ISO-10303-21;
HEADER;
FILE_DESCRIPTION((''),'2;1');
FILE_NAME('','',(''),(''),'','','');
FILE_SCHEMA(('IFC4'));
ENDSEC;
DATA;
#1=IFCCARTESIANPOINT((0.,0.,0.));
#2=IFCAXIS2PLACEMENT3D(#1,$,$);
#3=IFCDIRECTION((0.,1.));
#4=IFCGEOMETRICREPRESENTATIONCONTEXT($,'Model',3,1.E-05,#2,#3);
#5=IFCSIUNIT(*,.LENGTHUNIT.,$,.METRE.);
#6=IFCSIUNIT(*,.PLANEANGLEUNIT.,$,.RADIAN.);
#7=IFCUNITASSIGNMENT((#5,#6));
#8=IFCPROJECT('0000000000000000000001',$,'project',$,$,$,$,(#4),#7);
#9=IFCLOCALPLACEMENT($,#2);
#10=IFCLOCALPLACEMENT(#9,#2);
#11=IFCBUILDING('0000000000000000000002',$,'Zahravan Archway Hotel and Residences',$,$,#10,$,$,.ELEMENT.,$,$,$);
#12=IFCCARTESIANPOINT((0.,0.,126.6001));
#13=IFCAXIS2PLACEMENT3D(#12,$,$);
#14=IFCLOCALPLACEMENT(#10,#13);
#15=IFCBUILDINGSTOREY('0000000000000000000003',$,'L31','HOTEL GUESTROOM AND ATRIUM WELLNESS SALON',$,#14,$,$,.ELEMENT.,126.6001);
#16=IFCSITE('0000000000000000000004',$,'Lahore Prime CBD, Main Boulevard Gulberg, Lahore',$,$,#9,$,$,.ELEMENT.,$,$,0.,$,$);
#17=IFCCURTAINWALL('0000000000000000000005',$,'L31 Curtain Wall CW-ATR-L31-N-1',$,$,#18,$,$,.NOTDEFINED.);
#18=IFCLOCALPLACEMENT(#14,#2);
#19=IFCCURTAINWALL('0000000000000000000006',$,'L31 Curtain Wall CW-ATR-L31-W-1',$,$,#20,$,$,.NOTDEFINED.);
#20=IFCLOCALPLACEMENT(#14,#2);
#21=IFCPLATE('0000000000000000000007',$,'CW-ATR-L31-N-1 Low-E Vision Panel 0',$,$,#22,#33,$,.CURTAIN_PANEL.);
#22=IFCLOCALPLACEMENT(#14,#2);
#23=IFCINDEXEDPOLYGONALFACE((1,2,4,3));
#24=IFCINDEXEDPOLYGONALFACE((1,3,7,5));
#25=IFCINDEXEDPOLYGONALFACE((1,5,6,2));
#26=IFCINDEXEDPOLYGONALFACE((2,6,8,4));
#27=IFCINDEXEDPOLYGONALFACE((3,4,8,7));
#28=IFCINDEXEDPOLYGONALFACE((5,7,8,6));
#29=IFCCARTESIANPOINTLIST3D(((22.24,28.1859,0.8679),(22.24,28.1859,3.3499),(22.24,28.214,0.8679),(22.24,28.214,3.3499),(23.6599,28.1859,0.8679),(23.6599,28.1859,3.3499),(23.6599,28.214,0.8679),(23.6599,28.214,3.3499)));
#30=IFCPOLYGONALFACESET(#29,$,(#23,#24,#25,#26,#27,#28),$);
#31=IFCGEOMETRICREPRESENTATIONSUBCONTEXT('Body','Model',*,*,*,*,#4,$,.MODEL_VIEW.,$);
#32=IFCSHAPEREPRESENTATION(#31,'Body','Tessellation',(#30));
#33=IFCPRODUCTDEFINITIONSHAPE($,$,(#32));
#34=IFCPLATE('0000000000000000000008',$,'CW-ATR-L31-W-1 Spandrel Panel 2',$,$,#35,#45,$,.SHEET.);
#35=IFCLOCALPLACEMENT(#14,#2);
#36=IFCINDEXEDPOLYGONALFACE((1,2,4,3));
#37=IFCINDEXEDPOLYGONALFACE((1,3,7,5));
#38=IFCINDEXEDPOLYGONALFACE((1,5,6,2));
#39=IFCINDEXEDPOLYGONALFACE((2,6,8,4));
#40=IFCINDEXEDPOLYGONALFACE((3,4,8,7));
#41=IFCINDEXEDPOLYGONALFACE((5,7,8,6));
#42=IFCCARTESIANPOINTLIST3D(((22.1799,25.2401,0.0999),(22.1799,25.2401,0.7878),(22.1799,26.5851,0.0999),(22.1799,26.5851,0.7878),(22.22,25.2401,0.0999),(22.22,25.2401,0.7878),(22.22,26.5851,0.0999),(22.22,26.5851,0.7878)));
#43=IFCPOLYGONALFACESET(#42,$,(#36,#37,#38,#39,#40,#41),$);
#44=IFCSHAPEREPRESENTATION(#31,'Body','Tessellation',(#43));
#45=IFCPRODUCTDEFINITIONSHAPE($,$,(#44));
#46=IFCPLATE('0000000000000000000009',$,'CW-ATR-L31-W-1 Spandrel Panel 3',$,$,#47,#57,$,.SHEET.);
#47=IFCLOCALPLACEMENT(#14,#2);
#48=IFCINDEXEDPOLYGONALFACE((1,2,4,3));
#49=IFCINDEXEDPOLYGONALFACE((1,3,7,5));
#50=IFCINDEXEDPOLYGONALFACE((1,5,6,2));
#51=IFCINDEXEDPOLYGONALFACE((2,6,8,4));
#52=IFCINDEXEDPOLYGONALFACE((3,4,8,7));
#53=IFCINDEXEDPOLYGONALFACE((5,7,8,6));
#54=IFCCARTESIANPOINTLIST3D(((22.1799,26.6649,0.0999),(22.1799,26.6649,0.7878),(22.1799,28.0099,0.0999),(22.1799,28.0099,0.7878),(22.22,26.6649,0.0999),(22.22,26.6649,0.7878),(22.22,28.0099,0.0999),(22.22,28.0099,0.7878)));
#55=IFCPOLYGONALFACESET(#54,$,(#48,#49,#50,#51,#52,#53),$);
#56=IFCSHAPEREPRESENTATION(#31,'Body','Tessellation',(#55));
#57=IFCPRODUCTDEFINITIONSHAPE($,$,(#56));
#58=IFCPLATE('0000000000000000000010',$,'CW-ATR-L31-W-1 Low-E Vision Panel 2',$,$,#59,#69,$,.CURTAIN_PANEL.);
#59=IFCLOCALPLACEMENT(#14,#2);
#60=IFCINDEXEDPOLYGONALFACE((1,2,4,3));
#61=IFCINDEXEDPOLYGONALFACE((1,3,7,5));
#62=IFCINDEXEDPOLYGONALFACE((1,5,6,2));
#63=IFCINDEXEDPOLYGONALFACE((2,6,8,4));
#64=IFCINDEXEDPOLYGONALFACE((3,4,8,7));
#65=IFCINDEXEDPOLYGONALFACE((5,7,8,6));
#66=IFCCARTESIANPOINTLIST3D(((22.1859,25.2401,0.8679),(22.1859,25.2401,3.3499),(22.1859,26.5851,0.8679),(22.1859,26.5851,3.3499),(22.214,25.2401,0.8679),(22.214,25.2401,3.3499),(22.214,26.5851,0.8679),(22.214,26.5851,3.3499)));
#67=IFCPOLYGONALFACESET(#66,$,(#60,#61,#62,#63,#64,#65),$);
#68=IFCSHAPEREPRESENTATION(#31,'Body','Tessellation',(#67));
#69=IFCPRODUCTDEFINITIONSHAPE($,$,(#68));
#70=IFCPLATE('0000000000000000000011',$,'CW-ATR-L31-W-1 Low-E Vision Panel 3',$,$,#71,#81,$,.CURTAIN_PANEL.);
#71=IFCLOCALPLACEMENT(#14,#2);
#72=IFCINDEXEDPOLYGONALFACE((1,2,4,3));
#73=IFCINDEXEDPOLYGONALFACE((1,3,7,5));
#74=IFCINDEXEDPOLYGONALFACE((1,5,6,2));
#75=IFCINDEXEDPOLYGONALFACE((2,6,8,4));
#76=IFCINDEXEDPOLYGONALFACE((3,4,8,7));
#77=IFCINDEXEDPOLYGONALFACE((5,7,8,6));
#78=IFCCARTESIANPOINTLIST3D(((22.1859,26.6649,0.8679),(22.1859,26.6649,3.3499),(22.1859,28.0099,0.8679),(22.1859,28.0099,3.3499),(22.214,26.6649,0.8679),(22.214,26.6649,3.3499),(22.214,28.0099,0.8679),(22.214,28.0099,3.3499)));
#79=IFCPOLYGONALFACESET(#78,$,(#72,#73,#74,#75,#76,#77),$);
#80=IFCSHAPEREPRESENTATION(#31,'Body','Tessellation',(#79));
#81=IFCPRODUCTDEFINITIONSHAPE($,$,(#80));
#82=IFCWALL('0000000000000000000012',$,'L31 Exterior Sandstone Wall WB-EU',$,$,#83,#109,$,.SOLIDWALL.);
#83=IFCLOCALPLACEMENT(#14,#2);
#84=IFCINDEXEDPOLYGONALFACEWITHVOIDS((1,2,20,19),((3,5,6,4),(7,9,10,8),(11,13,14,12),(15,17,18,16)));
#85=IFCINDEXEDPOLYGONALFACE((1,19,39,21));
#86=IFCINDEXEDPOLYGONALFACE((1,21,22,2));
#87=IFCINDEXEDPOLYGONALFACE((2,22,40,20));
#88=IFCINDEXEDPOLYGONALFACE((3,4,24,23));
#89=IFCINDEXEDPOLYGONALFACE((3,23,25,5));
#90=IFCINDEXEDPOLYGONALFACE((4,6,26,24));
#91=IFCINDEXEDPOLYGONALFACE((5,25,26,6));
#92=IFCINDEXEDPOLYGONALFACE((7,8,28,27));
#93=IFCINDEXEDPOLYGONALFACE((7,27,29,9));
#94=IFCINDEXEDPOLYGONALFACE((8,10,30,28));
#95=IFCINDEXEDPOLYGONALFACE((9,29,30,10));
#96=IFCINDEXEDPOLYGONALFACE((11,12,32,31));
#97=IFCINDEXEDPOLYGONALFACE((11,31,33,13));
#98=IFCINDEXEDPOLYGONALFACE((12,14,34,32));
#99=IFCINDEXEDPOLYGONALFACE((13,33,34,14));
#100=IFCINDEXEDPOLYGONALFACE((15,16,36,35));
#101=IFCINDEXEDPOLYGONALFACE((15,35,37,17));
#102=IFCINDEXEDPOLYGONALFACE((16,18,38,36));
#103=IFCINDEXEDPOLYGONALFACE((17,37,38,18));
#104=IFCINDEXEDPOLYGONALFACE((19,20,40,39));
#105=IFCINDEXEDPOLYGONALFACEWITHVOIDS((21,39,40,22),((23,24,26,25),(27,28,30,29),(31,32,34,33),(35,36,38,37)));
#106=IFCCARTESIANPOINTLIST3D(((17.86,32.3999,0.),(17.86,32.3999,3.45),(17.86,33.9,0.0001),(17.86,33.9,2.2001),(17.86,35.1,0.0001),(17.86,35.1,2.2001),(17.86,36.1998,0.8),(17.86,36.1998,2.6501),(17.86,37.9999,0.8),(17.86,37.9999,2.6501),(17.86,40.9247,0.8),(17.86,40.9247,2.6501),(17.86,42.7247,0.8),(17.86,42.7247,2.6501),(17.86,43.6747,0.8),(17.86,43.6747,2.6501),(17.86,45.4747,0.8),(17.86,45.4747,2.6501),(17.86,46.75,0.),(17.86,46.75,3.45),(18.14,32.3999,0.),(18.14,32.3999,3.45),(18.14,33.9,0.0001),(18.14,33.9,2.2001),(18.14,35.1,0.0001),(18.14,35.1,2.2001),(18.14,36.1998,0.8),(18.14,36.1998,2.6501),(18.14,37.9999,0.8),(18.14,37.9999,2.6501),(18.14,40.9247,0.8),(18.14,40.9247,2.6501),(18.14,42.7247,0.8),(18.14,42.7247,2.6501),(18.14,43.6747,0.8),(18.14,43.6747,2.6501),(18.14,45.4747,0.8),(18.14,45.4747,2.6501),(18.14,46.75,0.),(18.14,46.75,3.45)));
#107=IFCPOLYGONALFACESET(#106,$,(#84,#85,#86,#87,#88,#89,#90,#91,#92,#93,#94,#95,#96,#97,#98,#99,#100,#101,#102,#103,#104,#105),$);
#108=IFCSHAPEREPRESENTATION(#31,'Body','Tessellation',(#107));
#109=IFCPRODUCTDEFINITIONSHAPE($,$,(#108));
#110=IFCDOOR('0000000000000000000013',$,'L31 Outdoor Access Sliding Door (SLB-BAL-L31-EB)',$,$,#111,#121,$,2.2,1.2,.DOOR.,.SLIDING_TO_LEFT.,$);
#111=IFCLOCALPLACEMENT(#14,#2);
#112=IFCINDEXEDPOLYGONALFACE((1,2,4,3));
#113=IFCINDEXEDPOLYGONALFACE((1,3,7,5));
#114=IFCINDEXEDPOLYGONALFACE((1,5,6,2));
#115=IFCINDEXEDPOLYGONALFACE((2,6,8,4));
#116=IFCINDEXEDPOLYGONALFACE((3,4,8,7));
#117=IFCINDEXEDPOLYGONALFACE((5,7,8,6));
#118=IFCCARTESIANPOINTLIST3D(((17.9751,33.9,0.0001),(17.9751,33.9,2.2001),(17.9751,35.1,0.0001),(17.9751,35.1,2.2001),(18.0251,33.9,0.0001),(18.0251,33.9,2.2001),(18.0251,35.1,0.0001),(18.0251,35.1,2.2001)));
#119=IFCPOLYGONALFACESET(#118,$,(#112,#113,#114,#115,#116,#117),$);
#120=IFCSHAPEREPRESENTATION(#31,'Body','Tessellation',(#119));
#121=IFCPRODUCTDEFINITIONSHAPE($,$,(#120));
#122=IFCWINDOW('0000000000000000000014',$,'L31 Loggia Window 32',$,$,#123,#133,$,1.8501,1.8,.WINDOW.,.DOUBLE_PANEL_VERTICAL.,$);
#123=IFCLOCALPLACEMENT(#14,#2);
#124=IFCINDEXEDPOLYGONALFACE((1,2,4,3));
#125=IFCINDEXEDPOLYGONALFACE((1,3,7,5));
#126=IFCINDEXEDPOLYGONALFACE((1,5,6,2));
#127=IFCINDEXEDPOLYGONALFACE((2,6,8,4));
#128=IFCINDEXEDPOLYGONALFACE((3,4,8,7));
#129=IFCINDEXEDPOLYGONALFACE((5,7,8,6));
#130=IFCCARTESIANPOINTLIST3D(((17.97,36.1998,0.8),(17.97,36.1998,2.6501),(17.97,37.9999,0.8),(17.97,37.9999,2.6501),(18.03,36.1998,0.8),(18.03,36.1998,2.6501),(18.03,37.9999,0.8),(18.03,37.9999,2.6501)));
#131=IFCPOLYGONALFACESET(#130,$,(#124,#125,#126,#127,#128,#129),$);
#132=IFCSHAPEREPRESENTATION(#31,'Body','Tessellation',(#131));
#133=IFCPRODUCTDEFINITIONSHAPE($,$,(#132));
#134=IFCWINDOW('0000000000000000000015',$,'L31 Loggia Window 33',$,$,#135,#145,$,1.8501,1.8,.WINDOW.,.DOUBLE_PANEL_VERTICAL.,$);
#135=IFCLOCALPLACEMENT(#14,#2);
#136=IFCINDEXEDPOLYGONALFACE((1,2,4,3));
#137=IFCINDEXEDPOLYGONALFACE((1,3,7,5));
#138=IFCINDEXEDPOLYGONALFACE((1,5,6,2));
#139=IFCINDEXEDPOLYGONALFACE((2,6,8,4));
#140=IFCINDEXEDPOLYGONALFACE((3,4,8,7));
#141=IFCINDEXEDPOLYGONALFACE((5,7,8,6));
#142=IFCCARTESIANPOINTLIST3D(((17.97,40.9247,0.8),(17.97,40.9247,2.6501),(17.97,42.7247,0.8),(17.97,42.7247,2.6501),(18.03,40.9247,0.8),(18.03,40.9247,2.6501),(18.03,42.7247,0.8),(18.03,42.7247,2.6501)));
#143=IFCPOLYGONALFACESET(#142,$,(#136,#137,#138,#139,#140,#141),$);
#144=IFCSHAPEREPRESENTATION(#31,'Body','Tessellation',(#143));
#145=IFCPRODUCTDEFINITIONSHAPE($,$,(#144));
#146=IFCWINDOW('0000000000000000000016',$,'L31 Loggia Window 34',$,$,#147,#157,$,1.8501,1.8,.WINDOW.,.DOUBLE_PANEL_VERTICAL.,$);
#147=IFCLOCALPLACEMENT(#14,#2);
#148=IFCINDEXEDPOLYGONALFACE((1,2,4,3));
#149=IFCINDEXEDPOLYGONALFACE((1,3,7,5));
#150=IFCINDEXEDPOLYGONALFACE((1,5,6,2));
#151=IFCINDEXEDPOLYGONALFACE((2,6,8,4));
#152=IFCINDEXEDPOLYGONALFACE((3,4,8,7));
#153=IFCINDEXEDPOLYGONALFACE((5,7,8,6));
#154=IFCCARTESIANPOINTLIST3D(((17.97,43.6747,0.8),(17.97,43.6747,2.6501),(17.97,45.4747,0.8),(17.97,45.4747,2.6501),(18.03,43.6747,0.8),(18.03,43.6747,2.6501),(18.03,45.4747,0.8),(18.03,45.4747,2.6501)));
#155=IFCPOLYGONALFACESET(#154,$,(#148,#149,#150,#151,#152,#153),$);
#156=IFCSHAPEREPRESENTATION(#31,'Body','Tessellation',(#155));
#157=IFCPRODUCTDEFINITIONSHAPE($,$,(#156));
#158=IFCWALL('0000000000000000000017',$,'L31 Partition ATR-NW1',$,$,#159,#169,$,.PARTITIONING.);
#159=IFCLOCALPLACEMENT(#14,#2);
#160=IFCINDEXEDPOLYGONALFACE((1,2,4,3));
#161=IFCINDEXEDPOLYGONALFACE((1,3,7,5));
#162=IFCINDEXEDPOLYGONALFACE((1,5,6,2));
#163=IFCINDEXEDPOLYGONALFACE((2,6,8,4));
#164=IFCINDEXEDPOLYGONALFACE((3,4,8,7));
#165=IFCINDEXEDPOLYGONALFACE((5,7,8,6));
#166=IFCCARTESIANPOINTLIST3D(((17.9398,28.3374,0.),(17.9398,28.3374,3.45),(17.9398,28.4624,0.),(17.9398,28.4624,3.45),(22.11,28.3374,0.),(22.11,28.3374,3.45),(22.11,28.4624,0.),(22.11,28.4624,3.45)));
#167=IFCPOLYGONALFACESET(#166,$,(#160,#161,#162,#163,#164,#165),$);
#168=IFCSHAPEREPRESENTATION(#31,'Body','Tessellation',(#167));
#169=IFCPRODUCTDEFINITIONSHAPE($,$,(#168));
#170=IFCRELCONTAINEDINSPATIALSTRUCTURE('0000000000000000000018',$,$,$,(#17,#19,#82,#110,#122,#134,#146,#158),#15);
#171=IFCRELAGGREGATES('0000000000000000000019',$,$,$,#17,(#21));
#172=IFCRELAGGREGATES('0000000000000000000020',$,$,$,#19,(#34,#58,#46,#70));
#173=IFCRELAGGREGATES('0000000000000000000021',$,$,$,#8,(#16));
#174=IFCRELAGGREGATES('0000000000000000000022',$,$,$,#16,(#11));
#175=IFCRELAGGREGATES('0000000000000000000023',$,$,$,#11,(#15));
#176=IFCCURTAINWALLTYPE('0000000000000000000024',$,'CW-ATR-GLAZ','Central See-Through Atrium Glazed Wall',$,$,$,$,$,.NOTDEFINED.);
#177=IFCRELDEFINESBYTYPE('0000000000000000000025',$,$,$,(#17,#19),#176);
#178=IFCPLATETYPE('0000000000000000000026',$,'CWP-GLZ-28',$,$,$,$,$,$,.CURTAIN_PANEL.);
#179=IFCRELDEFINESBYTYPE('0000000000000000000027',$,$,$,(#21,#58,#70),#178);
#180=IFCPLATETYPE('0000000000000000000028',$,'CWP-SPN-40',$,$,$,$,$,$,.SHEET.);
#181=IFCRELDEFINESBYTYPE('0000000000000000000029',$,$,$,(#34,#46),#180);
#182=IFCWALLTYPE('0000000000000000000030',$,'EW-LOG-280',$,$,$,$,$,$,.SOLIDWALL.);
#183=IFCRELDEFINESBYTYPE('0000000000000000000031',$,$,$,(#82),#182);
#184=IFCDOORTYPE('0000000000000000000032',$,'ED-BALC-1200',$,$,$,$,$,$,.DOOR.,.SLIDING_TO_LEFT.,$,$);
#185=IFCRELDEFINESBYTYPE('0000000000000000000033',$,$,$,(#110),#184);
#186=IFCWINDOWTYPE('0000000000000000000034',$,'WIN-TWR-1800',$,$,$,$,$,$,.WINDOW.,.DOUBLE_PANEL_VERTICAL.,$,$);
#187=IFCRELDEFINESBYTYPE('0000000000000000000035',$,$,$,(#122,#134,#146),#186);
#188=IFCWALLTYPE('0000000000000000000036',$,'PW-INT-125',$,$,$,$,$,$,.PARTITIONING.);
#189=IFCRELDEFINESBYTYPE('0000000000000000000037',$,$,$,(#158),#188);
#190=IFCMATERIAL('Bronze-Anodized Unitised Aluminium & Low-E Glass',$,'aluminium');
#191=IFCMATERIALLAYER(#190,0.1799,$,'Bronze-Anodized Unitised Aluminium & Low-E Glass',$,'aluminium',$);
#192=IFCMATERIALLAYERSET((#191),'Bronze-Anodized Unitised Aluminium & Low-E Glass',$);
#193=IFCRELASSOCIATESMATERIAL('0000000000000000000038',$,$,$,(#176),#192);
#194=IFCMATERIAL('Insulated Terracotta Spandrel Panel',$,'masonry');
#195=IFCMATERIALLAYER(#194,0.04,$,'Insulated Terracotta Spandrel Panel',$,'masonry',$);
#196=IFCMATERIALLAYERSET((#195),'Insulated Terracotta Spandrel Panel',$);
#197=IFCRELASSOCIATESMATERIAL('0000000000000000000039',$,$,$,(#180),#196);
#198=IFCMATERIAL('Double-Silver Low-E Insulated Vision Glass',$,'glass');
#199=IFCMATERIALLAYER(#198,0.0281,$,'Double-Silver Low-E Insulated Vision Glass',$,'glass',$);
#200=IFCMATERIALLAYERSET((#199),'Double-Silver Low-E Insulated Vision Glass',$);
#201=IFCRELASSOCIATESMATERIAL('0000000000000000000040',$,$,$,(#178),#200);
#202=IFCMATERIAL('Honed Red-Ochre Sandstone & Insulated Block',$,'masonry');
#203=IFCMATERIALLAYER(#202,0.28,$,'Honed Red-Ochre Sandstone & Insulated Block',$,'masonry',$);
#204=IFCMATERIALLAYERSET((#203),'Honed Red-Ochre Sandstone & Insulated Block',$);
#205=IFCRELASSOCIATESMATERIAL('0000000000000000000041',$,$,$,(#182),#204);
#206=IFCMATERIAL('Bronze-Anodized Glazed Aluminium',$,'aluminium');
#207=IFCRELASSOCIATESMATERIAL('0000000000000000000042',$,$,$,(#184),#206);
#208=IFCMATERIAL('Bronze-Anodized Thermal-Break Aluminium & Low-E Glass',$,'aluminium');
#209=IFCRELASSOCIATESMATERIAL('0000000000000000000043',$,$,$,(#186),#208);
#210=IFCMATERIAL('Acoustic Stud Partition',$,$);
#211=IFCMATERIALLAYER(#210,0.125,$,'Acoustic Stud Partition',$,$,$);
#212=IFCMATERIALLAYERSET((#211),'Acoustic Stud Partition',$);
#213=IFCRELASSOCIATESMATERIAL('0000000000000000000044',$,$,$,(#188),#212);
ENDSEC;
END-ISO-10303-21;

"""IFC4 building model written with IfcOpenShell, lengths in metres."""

from ifc_helpers import new_model, si_unit, direction, frame, frame_2d, origin, origin_2d, place, context, subcontext, project, spatial, rectangle, extrude, source, transform, mapped, material, layer, layer_set, type_object, type_shapes, element, fill, aggregate, save


model = new_model("IFC4")

# Units and contexts
model_context = context("Model", 3, precision=1e-05, world=origin(), true_north=direction((0.0, 1.0)))
body_context = subcontext(model_context, "Body", "Model", "MODEL_VIEW")
ifc_project = project(units=[si_unit("LENGTHUNIT", "METRE"), si_unit("PLANEANGLEUNIT", "RADIAN")], contexts=[model_context])

# Site, building, storey
site_placement = place(None, origin())
site = spatial("IfcSite", under=ifc_project, at=site_placement, Name="Lahore Prime CBD, Main Boulevard Gulberg, Lahore", CompositionType="ELEMENT", RefElevation=0.0)
building_placement = place(site_placement, origin())
building = spatial("IfcBuilding", under=site, at=building_placement, Name="Zahravan Archway Hotel and Residences", CompositionType="ELEMENT")
storey_placement = place(building_placement, frame((0.0, 0.0, 126.6001)))
storey = spatial("IfcBuildingStorey", under=building, at=storey_placement, Name="L31", Description="HOTEL GUESTROOM AND ATRIUM WELLNESS SALON", CompositionType="ELEMENT", Elevation=126.6001)

# Curtain walls
ifc_material_1 = material(Name="Bronze-Anodized Unitised Aluminium & Low-E Glass", Category="aluminium")
ifc_layer_1 = layer(ifc_material_1, 0.1799, Name="Bronze-Anodized Unitised Aluminium & Low-E Glass", Category="aluminium")
ifc_layer_set_1 = layer_set([ifc_layer_1], Name="Bronze-Anodized Unitised Aluminium & Low-E Glass")
curtain_wall_type = type_object("IfcCurtainWallType", Name="CW-ATR-GLAZ", Description="Central See-Through Atrium Glazed Wall", PredefinedType="NOTDEFINED", material=ifc_layer_set_1)
curtain_wall_1_placement = place(storey_placement, origin())
curtain_wall_1 = element("IfcCurtainWall", 1, at=curtain_wall_1_placement, inside=storey, type_object=curtain_wall_type, Name="L31 Curtain Wall CW-ATR-L31-N-1", PredefinedType="NOTDEFINED")
curtain_wall_2_placement = place(storey_placement, origin())
curtain_wall_2 = element("IfcCurtainWall", 2, at=curtain_wall_2_placement, inside=storey, type_object=curtain_wall_type, Name="L31 Curtain Wall CW-ATR-L31-W-1", PredefinedType="NOTDEFINED")

# Plates
ifc_material_2 = material(Name="Insulated Terracotta Spandrel Panel", Category="masonry")
ifc_layer_2 = layer(ifc_material_2, 0.04, Name="Insulated Terracotta Spandrel Panel", Category="masonry")
ifc_layer_set_2 = layer_set([ifc_layer_2], Name="Insulated Terracotta Spandrel Panel")
plate_type_1 = type_object("IfcPlateType", Name="CWP-SPN-40", PredefinedType="SHEET", material=ifc_layer_set_2)
ifc_material_3 = material(Name="Double-Silver Low-E Insulated Vision Glass", Category="glass")
ifc_layer_3 = layer(ifc_material_3, 0.0281, Name="Double-Silver Low-E Insulated Vision Glass", Category="glass")
ifc_layer_set_3 = layer_set([ifc_layer_3], Name="Double-Silver Low-E Insulated Vision Glass")
plate_type_2 = type_object("IfcPlateType", Name="CWP-GLZ-28", PredefinedType="CURTAIN_PANEL", material=ifc_layer_set_3)
shared_shape_1 = source(origin(), body_context, "Body", "SweptSolid", [
    extrude(rectangle(XDim=1.4199, YDim=0.0281, at=origin_2d()), origin(), (0.0, 0.0, 1.0), 2.4819),
])
plate_1_placement = place(storey_placement, frame((22.95, 28.2, 0.8679), z_axis=(0.0, 0.0, 1.0), x_axis=(1.0, 0.0, 0.0)))
plate_1 = element("IfcPlate", 3, at=plate_1_placement, type_object=plate_type_2, Name="CW-ATR-L31-N-1 Low-E Vision Panel 0", PredefinedType="CURTAIN_PANEL", context=body_context, shape_type="MappedRepresentation", body=[
    mapped(shared_shape_1, transform((0.0, 0.0, 0.0), scale=1.0)),
])
aggregate(curtain_wall_1, [plate_1])
shared_shape_2 = source(origin(), body_context, "Body", "SweptSolid", [
    extrude(rectangle(XDim=1.345, YDim=0.04, at=origin_2d()), origin(), (0.0, 0.0, 1.0), 0.688),
])
plate_2_placement = place(storey_placement, frame((22.2, 25.9126, 0.0999), z_axis=(0.0, 0.0, 1.0), x_axis=(0.0, 1.0, 0.0)))
plate_2 = element("IfcPlate", 4, at=plate_2_placement, type_object=plate_type_1, Name="CW-ATR-L31-W-1 Spandrel Panel 2", PredefinedType="SHEET", context=body_context, shape_type="MappedRepresentation", body=[
    mapped(shared_shape_2, transform((0.0, 0.0, 0.0), scale=1.0)),
])
plate_3_placement = place(storey_placement, frame((22.2, 27.3374, 0.0999), z_axis=(0.0, 0.0, 1.0), x_axis=(0.0, 1.0, 0.0)))
plate_3 = element("IfcPlate", 5, at=plate_3_placement, type_object=plate_type_1, Name="CW-ATR-L31-W-1 Spandrel Panel 3", PredefinedType="SHEET", context=body_context, shape_type="MappedRepresentation", body=[
    mapped(shared_shape_2, transform((0.0, 0.0, 0.0), scale=1.0)),
])
shared_shape_3 = source(origin(), body_context, "Body", "SweptSolid", [
    extrude(rectangle(XDim=1.345, YDim=0.0281, at=origin_2d()), origin(), (0.0, 0.0, 1.0), 2.4819),
])
plate_4_placement = place(storey_placement, frame((22.2, 25.9126, 0.8679), z_axis=(0.0, 0.0, 1.0), x_axis=(0.0, 1.0, 0.0)))
plate_4 = element("IfcPlate", 6, at=plate_4_placement, type_object=plate_type_2, Name="CW-ATR-L31-W-1 Low-E Vision Panel 2", PredefinedType="CURTAIN_PANEL", context=body_context, shape_type="MappedRepresentation", body=[
    mapped(shared_shape_3, transform((0.0, 0.0, 0.0), scale=1.0)),
])
plate_5_placement = place(storey_placement, frame((22.2, 27.3374, 0.8679), z_axis=(0.0, 0.0, 1.0), x_axis=(0.0, 1.0, 0.0)))
plate_5 = element("IfcPlate", 7, at=plate_5_placement, type_object=plate_type_2, Name="CW-ATR-L31-W-1 Low-E Vision Panel 3", PredefinedType="CURTAIN_PANEL", context=body_context, shape_type="MappedRepresentation", body=[
    mapped(shared_shape_3, transform((0.0, 0.0, 0.0), scale=1.0)),
])
aggregate(curtain_wall_2, [plate_2, plate_4, plate_3, plate_5])

# Wall, openings, door, windows
ifc_material_4 = material(Name="Honed Red-Ochre Sandstone & Insulated Block", Category="masonry")
ifc_layer_4 = layer(ifc_material_4, 0.28, Name="Honed Red-Ochre Sandstone & Insulated Block", Category="masonry")
ifc_layer_set_4 = layer_set([ifc_layer_4], Name="Honed Red-Ochre Sandstone & Insulated Block")
wall_type_1 = type_object("IfcWallType", Name="EW-LOG-280", PredefinedType="SOLIDWALL", material=ifc_layer_set_4)
wall_1_placement = place(storey_placement, frame((18.0, 32.3999, 0.0), z_axis=(0.0, 0.0, 1.0), x_axis=(0.0, 1.0, 0.0)))
wall_1 = element("IfcWall", 8, at=wall_1_placement, inside=storey, type_object=wall_type_1, Name="L31 Exterior Sandstone Wall WB-EU", PredefinedType="SOLIDWALL", context=body_context, shape_type="SweptSolid", body=[
    extrude(rectangle(XDim=14.3501, YDim=0.28, at=frame_2d((7.175, 0.0))), origin(), (0.0, 0.0, 1.0), 3.45),
])
opening_1_placement = place(wall_1_placement, frame((1.5, 0.0, 0.0)))
opening_1 = element("IfcOpeningElement", 9, at=opening_1_placement, cuts=wall_1, PredefinedType="OPENING", context=body_context, shape_type="SweptSolid", body=[
    extrude(rectangle(XDim=1.2, YDim=2.2, at=frame_2d((0.6001, 1.1001))), frame((0.0, 0.1499, 0.0), z_axis=(0.0, -1.0, 0.0), x_axis=(1.0, 0.0, 0.0)), (0.0, 0.0, 1.0), 0.3),
])
opening_2_placement = place(wall_1_placement, frame((3.8, 0.0, 0.8)))
opening_2 = element("IfcOpeningElement", 10, at=opening_2_placement, cuts=wall_1, PredefinedType="OPENING", context=body_context, shape_type="SweptSolid", body=[
    extrude(rectangle(XDim=1.8, YDim=1.8501, at=frame_2d((0.8999, 0.925))), frame((0.0, 0.1499, 0.0), z_axis=(0.0, -1.0, 0.0), x_axis=(1.0, 0.0, 0.0)), (0.0, 0.0, 1.0), 0.3),
])
opening_3_placement = place(wall_1_placement, frame((8.5249, 0.0, 0.8)))
opening_3 = element("IfcOpeningElement", 11, at=opening_3_placement, cuts=wall_1, PredefinedType="OPENING", context=body_context, shape_type="SweptSolid", body=[
    extrude(rectangle(XDim=1.8, YDim=1.8501, at=frame_2d((0.8999, 0.925))), frame((0.0, 0.1499, 0.0), z_axis=(0.0, -1.0, 0.0), x_axis=(1.0, 0.0, 0.0)), (0.0, 0.0, 1.0), 0.3),
])
opening_4_placement = place(wall_1_placement, frame((11.2749, 0.0, 0.8)))
opening_4 = element("IfcOpeningElement", 12, at=opening_4_placement, cuts=wall_1, PredefinedType="OPENING", context=body_context, shape_type="SweptSolid", body=[
    extrude(rectangle(XDim=1.8, YDim=1.8501, at=frame_2d((0.8999, 0.925))), frame((0.0, 0.1499, 0.0), z_axis=(0.0, -1.0, 0.0), x_axis=(1.0, 0.0, 0.0)), (0.0, 0.0, 1.0), 0.3),
])
ifc_material_5 = material(Name="Bronze-Anodized Glazed Aluminium", Category="aluminium")
door_type = type_object("IfcDoorType", Name="ED-BALC-1200", OperationType="SLIDING_TO_LEFT", PredefinedType="DOOR", material=ifc_material_5)
shared_shape_4 = source(origin(), body_context, "Body", "SweptSolid", [
    extrude(rectangle(XDim=1.2, YDim=2.2, at=frame_2d((0.6001, 1.1001))), frame((0.0, 0.0249, 0.0), z_axis=(0.0, -1.0, 0.0), x_axis=(1.0, 0.0, 0.0)), (0.0, 0.0, 1.0), 0.05),
])
type_shapes(door_type, [shared_shape_4])
door_placement = place(opening_1_placement, origin())
door = element("IfcDoor", 13, at=door_placement, inside=storey, type_object=door_type, Name="L31 Outdoor Access Sliding Door (SLB-BAL-L31-EB)", OperationType="SLIDING_TO_LEFT", OverallHeight=2.2, OverallWidth=1.2, PredefinedType="DOOR", context=body_context, shape_type="MappedRepresentation", body=[
    mapped(shared_shape_4, transform((0.0, 0.0, 0.0), scale=1.0)),
])
fill(opening_1, door)
ifc_material_6 = material(Name="Bronze-Anodized Thermal-Break Aluminium & Low-E Glass", Category="aluminium")
window_type = type_object("IfcWindowType", Name="WIN-TWR-1800", PartitioningType="DOUBLE_PANEL_VERTICAL", PredefinedType="WINDOW", material=ifc_material_6)
shared_shape_5 = source(origin(), body_context, "Body", "SweptSolid", [
    extrude(rectangle(XDim=1.8, YDim=1.8501, at=frame_2d((0.8999, 0.925))), frame((0.0, 0.03, 0.0), z_axis=(0.0, -1.0, 0.0), x_axis=(1.0, 0.0, 0.0)), (0.0, 0.0, 1.0), 0.0601),
])
type_shapes(window_type, [shared_shape_5])
window_1_placement = place(opening_2_placement, origin())
window_1 = element("IfcWindow", 14, at=window_1_placement, inside=storey, type_object=window_type, Name="L31 Loggia Window 32", OverallHeight=1.8501, OverallWidth=1.8, PartitioningType="DOUBLE_PANEL_VERTICAL", PredefinedType="WINDOW", context=body_context, shape_type="MappedRepresentation", body=[
    mapped(shared_shape_5, transform((0.0, 0.0, 0.0), scale=1.0)),
])
fill(opening_2, window_1)
window_2_placement = place(opening_3_placement, origin())
window_2 = element("IfcWindow", 15, at=window_2_placement, inside=storey, type_object=window_type, Name="L31 Loggia Window 33", OverallHeight=1.8501, OverallWidth=1.8, PartitioningType="DOUBLE_PANEL_VERTICAL", PredefinedType="WINDOW", context=body_context, shape_type="MappedRepresentation", body=[
    mapped(shared_shape_5, transform((0.0, 0.0, 0.0), scale=1.0)),
])
fill(opening_3, window_2)
window_3_placement = place(opening_4_placement, origin())
window_3 = element("IfcWindow", 16, at=window_3_placement, inside=storey, type_object=window_type, Name="L31 Loggia Window 34", OverallHeight=1.8501, OverallWidth=1.8, PartitioningType="DOUBLE_PANEL_VERTICAL", PredefinedType="WINDOW", context=body_context, shape_type="MappedRepresentation", body=[
    mapped(shared_shape_5, transform((0.0, 0.0, 0.0), scale=1.0)),
])
fill(opening_4, window_3)

# Wall
ifc_material_7 = material(Name="Acoustic Stud Partition")
ifc_layer_5 = layer(ifc_material_7, 0.125, Name="Acoustic Stud Partition")
ifc_layer_set_5 = layer_set([ifc_layer_5], Name="Acoustic Stud Partition")
wall_type_2 = type_object("IfcWallType", Name="PW-INT-125", PredefinedType="PARTITIONING", material=ifc_layer_set_5)
wall_2_placement = place(storey_placement, frame((17.9399, 28.3999, 0.0), z_axis=(0.0, 0.0, 1.0), x_axis=(1.0, 0.0, 0.0)))
element("IfcWall", 17, at=wall_2_placement, inside=storey, type_object=wall_type_2, Name="L31 Partition ATR-NW1", PredefinedType="PARTITIONING", context=body_context, shape_type="SweptSolid", body=[
    extrude(rectangle(XDim=4.1702, YDim=0.125, at=frame_2d((2.085, 0.0))), origin(), (0.0, 0.0, 1.0), 3.45),
])

save(model, "model.ifc")
